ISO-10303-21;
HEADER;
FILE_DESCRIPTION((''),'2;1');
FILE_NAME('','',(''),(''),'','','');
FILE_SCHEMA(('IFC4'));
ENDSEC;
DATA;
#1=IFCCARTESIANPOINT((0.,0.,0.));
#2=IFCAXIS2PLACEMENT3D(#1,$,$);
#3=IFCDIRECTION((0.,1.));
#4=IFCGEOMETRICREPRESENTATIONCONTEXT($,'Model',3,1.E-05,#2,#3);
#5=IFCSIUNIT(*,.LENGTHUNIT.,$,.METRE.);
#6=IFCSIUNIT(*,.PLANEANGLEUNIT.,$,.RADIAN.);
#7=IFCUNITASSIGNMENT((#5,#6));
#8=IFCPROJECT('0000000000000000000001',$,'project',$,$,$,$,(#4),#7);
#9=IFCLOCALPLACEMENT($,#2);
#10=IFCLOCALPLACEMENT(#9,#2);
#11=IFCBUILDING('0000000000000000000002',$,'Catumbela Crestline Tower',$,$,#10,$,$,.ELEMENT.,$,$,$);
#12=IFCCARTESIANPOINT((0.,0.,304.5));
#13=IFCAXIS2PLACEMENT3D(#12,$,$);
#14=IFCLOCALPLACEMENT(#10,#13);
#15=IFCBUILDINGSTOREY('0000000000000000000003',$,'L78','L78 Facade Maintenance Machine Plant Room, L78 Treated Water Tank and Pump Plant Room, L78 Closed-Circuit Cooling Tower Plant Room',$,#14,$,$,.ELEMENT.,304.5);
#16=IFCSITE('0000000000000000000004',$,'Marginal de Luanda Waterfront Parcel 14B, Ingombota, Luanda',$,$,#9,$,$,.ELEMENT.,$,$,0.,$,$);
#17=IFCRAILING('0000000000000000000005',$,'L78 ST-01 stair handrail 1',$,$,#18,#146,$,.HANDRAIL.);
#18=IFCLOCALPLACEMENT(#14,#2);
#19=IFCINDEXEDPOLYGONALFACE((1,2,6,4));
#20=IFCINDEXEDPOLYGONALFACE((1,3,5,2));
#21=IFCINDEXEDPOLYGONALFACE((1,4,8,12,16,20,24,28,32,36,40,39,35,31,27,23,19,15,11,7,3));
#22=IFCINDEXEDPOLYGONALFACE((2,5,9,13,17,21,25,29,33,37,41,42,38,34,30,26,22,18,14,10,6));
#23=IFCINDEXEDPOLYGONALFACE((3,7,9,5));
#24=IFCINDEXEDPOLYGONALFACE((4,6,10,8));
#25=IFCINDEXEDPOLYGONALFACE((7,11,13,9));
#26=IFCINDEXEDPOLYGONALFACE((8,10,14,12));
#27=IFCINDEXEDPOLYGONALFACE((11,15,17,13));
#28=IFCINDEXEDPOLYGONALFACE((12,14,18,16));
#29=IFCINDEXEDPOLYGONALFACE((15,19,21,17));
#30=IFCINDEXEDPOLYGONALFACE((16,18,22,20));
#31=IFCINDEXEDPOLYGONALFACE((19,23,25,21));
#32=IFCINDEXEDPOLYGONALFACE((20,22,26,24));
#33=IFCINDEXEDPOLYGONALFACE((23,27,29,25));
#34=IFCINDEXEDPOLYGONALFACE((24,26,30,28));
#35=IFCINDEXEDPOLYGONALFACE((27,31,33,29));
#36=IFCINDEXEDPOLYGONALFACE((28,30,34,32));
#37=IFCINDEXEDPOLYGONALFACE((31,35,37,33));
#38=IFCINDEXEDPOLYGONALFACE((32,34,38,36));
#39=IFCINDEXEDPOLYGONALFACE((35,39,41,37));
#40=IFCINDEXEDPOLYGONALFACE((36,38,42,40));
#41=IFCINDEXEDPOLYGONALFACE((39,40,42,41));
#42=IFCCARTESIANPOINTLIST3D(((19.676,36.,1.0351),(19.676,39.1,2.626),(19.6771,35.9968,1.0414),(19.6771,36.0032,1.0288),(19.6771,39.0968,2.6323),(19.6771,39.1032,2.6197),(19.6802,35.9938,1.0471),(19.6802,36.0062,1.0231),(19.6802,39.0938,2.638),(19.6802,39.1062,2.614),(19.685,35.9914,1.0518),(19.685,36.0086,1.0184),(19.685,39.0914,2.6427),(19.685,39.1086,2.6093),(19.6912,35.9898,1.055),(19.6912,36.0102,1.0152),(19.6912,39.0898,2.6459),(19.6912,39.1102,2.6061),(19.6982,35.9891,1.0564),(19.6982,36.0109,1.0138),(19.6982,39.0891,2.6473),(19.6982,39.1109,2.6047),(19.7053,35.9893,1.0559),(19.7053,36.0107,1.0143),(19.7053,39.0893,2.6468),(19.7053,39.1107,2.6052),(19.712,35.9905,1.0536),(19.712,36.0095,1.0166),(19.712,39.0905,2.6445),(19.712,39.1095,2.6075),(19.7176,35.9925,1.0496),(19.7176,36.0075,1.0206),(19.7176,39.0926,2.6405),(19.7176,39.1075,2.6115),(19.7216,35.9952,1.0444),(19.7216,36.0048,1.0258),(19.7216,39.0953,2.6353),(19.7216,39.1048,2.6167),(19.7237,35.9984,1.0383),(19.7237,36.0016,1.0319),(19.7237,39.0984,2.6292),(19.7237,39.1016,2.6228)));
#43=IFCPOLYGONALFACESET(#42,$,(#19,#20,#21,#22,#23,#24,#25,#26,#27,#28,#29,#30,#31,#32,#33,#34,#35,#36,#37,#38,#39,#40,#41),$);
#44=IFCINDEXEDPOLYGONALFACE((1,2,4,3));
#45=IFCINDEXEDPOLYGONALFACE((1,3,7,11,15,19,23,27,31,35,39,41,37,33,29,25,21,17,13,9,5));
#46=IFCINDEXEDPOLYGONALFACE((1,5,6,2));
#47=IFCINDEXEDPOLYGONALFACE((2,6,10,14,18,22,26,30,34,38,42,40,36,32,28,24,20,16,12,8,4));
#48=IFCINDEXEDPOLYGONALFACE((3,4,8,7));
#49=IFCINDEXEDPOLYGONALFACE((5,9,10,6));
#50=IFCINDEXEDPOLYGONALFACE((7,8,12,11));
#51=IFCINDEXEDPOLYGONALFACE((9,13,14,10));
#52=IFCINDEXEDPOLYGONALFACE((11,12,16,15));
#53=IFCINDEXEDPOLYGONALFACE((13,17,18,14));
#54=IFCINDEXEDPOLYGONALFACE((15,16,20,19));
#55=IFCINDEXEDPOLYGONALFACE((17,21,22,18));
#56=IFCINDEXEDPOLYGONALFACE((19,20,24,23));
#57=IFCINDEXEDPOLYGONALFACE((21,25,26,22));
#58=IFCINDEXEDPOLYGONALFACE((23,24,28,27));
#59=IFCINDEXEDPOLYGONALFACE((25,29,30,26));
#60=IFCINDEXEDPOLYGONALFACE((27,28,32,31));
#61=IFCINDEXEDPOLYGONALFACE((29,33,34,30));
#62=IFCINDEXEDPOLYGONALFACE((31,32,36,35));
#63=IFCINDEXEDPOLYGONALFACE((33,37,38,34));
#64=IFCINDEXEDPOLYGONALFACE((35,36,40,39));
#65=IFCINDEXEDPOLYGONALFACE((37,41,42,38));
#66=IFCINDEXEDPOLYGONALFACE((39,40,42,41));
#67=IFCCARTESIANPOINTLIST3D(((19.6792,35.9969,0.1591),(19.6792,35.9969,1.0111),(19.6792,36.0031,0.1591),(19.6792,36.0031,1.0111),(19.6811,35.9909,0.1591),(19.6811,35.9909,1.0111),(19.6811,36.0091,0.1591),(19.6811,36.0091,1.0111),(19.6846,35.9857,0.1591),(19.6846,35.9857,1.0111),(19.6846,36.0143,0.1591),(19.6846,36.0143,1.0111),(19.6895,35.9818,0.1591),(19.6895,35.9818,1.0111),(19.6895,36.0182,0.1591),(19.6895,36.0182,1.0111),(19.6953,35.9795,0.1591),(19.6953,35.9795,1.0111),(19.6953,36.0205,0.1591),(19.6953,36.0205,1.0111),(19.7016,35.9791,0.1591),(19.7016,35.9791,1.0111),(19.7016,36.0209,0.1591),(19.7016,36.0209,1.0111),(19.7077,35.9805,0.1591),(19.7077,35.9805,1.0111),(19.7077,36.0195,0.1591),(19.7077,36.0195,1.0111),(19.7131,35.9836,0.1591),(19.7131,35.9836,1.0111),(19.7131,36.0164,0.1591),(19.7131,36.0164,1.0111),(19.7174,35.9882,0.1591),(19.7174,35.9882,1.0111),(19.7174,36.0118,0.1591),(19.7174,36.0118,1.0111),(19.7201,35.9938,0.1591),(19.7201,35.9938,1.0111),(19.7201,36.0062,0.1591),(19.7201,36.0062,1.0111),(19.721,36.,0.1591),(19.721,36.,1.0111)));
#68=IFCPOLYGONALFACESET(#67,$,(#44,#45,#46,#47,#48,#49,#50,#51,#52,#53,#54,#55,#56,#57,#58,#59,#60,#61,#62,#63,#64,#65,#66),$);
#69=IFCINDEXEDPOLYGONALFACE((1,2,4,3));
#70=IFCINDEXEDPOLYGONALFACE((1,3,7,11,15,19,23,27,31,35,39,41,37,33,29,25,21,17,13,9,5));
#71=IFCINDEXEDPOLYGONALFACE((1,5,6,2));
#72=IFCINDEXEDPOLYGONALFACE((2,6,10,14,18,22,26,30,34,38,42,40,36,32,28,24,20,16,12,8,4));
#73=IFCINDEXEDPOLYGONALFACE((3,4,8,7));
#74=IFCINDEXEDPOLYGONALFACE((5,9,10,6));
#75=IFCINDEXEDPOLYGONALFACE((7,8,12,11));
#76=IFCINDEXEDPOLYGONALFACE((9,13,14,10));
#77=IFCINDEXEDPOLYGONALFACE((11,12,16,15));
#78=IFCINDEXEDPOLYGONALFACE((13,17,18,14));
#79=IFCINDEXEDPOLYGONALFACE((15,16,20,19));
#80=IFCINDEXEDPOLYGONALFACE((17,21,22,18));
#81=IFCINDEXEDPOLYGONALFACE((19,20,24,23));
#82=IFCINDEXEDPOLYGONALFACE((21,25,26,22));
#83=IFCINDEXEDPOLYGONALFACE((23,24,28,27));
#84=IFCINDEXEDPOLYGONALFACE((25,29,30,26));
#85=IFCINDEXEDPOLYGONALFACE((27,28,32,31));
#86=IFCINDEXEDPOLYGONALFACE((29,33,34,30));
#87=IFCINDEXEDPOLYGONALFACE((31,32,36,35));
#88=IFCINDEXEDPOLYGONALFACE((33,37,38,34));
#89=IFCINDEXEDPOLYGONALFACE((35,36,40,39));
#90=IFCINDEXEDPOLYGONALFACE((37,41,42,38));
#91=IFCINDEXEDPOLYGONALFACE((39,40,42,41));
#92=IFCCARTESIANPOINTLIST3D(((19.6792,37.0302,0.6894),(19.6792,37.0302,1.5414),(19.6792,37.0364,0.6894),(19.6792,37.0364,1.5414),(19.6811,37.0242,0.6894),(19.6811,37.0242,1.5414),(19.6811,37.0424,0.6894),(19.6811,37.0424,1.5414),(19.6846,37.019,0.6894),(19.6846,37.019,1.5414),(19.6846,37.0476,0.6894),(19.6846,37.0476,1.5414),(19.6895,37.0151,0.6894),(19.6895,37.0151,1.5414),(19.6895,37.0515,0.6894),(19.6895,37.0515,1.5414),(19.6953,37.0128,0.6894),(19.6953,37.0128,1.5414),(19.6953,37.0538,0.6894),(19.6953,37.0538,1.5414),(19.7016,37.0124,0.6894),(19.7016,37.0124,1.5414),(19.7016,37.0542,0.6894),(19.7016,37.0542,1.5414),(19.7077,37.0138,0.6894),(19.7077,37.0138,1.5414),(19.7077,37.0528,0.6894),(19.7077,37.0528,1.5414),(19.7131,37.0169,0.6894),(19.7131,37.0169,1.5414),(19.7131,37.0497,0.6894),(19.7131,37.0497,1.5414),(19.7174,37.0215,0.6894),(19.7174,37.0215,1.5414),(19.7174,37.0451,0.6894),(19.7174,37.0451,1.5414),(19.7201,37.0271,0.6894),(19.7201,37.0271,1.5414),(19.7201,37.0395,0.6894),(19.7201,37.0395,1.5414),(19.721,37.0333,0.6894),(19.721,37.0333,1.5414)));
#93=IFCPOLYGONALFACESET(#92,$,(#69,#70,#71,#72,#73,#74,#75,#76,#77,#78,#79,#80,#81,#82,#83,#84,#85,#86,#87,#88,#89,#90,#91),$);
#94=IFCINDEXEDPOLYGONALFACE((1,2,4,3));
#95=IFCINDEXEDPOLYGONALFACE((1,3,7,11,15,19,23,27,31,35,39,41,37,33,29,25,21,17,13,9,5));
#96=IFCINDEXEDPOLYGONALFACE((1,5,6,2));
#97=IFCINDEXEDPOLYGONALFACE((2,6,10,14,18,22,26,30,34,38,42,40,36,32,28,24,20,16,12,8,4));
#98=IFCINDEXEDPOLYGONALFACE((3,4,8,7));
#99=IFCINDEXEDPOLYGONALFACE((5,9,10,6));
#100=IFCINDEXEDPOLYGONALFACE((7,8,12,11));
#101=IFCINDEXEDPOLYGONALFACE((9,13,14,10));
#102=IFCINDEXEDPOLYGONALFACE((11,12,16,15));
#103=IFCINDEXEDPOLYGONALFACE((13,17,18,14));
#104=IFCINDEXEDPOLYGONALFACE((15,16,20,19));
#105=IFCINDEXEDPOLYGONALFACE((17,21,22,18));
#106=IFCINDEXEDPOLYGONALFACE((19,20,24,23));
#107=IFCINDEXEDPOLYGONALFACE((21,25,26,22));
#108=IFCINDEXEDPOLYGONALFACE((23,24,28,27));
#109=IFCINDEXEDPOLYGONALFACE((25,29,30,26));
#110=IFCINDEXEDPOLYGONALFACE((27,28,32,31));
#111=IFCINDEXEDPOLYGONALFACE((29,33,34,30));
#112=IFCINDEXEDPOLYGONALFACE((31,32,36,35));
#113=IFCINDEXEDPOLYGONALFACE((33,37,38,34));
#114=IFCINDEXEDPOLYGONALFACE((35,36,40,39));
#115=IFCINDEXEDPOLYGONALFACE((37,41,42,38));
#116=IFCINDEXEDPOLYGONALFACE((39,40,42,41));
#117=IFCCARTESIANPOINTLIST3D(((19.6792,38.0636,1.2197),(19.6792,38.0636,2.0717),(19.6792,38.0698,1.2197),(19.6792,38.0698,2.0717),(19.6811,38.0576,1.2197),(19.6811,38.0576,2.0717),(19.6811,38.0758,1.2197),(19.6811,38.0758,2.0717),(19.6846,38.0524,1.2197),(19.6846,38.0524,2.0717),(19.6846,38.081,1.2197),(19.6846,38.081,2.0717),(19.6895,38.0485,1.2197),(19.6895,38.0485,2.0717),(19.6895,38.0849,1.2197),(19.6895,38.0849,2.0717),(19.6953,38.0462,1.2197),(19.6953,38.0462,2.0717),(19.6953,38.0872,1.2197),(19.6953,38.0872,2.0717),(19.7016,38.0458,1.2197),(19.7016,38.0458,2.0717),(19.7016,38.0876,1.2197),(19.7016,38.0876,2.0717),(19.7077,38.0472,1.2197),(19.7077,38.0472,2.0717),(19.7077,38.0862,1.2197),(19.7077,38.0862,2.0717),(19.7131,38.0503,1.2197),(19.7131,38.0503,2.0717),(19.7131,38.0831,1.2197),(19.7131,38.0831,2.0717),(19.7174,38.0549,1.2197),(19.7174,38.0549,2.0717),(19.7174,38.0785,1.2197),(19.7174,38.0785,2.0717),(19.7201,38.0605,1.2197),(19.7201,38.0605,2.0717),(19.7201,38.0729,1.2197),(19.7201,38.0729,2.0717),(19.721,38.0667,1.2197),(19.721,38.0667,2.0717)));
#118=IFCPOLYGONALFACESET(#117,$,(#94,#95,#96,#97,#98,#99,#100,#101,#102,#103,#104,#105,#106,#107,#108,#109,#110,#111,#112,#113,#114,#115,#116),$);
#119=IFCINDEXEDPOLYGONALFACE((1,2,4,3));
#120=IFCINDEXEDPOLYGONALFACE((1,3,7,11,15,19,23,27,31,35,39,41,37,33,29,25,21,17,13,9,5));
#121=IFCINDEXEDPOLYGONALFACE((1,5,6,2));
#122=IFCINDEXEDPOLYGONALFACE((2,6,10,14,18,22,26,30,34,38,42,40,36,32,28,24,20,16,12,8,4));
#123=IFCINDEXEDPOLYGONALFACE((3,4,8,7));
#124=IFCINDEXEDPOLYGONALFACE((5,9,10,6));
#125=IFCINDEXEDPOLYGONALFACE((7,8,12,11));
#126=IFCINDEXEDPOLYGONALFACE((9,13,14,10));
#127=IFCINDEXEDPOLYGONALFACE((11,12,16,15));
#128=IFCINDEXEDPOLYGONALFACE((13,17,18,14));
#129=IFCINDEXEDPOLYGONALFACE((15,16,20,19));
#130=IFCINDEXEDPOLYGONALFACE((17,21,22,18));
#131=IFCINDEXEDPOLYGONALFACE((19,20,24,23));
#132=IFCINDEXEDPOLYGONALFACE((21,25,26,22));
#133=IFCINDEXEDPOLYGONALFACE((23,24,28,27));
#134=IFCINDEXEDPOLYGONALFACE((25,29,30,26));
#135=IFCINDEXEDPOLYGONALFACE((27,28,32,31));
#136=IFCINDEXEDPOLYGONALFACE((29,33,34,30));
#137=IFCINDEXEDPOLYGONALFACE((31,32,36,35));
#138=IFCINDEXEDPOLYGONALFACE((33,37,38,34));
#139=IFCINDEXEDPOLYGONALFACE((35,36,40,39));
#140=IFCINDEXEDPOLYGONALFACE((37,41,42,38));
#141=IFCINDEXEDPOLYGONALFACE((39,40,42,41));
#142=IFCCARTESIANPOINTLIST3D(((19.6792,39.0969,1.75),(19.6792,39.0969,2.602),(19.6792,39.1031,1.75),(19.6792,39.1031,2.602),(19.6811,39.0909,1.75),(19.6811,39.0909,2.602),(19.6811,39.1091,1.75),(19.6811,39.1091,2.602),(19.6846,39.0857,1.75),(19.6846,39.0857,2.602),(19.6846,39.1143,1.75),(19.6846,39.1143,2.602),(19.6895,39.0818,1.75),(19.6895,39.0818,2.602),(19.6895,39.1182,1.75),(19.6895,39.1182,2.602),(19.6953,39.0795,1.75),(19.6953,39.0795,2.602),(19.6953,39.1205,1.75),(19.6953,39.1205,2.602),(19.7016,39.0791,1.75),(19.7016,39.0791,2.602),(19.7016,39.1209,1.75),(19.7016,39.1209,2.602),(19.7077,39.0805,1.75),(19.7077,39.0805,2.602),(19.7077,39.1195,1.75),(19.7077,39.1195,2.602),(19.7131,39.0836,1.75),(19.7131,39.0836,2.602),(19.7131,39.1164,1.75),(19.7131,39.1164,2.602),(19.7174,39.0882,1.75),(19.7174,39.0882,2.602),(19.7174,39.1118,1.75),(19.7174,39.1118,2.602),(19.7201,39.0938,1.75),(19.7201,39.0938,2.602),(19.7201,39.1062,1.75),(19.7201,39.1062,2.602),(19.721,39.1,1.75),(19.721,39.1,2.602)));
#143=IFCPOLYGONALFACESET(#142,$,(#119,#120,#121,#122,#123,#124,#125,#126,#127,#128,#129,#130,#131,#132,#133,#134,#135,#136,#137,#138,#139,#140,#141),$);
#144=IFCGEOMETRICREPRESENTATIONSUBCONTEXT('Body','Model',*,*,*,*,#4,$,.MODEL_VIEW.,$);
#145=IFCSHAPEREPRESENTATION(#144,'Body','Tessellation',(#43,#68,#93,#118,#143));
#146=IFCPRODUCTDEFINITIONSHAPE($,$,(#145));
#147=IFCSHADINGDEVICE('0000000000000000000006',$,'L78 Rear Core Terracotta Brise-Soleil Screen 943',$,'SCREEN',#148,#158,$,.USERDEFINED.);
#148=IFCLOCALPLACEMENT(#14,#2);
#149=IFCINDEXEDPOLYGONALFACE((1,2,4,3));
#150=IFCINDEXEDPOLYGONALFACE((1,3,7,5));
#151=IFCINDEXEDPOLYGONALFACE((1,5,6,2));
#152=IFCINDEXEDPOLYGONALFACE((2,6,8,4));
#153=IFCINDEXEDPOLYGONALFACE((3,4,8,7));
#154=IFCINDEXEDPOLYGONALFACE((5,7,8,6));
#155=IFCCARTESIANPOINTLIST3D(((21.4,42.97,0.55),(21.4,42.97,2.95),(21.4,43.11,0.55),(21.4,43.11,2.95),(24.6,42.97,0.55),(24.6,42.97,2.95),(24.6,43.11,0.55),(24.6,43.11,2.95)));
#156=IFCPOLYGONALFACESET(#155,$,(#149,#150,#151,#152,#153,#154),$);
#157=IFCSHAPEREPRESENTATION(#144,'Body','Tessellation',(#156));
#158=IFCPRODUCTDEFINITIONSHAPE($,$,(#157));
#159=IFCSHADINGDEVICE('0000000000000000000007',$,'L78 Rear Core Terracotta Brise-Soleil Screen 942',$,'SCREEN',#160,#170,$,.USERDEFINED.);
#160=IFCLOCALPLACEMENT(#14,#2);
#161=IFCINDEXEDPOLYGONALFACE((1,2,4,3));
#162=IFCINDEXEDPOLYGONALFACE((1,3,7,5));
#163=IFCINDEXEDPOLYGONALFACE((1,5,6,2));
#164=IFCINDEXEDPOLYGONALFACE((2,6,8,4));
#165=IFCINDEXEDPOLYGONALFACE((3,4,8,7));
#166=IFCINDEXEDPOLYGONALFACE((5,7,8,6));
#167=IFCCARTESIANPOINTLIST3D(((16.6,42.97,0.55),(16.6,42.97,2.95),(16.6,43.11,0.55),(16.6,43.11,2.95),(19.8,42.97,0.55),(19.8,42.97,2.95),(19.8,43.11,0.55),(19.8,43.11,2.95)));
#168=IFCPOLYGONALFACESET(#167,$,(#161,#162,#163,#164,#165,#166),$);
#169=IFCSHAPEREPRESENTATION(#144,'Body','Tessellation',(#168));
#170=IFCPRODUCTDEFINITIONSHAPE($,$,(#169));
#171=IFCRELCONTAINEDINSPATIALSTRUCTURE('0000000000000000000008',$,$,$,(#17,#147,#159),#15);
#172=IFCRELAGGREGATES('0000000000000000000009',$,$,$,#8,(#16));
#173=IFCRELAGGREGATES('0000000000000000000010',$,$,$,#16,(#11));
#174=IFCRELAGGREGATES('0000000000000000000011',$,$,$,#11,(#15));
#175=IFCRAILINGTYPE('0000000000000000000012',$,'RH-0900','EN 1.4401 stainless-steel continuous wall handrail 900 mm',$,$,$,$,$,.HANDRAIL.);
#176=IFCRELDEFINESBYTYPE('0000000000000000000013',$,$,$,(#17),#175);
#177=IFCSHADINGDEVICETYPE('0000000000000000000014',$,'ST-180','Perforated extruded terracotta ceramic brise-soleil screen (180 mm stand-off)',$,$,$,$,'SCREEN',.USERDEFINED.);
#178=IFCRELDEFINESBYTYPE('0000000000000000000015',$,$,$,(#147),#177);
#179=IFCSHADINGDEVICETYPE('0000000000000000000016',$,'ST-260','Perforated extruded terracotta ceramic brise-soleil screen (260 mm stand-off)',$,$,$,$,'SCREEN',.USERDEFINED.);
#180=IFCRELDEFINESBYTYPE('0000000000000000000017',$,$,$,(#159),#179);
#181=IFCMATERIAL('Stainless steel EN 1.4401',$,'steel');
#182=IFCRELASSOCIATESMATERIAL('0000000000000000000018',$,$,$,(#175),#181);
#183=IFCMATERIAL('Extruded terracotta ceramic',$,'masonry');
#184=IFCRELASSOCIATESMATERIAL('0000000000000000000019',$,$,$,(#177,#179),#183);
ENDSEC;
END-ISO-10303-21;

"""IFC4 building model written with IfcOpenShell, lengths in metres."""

from ifc_helpers import new_model, si_unit, direction, frame, origin, origin_2d, place, context, subcontext, project, spatial, rectangle, circle, extrude, material, type_object, element, save


model = new_model("IFC4")

# Units and contexts
model_context = context("Model", 3, precision=1e-05, world=origin(), true_north=direction((0.0, 1.0)))
body_context = subcontext(model_context, "Body", "Model", "MODEL_VIEW")
ifc_project = project(units=[si_unit("LENGTHUNIT", "METRE"), si_unit("PLANEANGLEUNIT", "RADIAN")], contexts=[model_context])

# Site, building, storey
site_placement = place(None, origin())
site = spatial("IfcSite", under=ifc_project, at=site_placement, Name="Marginal de Luanda Waterfront Parcel 14B, Ingombota, Luanda", CompositionType="ELEMENT", RefElevation=0.0)
building_placement = place(site_placement, origin())
building = spatial("IfcBuilding", under=site, at=building_placement, Name="Catumbela Crestline Tower", CompositionType="ELEMENT")
storey_placement = place(building_placement, frame((0.0, 0.0, 304.5)))
storey = spatial("IfcBuildingStorey", under=building, at=storey_placement, Name="L78", Description="L78 Facade Maintenance Machine Plant Room, L78 Treated Water Tank and Pump Plant Room, L78 Closed-Circuit Cooling Tower Plant Room", CompositionType="ELEMENT", Elevation=304.5)

# Shared definitions
ifc_material_1 = material(Name="Stainless steel EN 1.4401", Category="steel")

# Railing
railing_type_1 = type_object("IfcRailingType", Name="RH-0900", Description="EN 1.4401 stainless-steel continuous wall handrail 900 mm", PredefinedType="HANDRAIL", material=ifc_material_1)
railing_1_placement = place(storey_placement, frame((19.7, 36.0, 0.1591)))
element("IfcRailing", 1, at=railing_1_placement, inside=storey, type_object=railing_type_1, Name="L78 ST-01 stair handrail 1", PredefinedType="HANDRAIL", context=body_context, shape_type="SweptSolid", body=[
    extrude(circle(Radius=0.024, at=origin_2d()), frame((0.0, 0.0, 0.876), z_axis=(0.0, 0.889683, 0.456579), x_axis=(-1.0, 0.0, 0.0)), (0.0, 0.0, 1.0), 3.4844),
    extrude(circle(Radius=0.021, at=origin_2d()), origin(), (0.0, 0.0, 1.0), 0.852),
    extrude(circle(Radius=0.021, at=origin_2d()), frame((0.0, 1.0333, 0.5303)), (0.0, 0.0, 1.0), 0.852),
    extrude(circle(Radius=0.021, at=origin_2d()), frame((0.0, 2.0667, 1.0606)), (0.0, 0.0, 1.0), 0.852),
    extrude(circle(Radius=0.021, at=origin_2d()), frame((0.0, 3.1, 1.5909)), (0.0, 0.0, 1.0), 0.852),
])

# Shading devices
ifc_material_2 = material(Name="Extruded terracotta ceramic", Category="masonry")
shading_device_type_1 = type_object("IfcShadingDeviceType", Name="ST-180", Description="Perforated extruded terracotta ceramic brise-soleil screen (180 mm stand-off)", ElementType="SCREEN", PredefinedType="USERDEFINED", material=ifc_material_2)
shading_device_1_placement = place(storey_placement, frame((23.0, 43.04, 0.55), z_axis=(0.0, 0.0, 1.0), x_axis=(1.0, 0.0, 0.0)))
element("IfcShadingDevice", 2, at=shading_device_1_placement, inside=storey, type_object=shading_device_type_1, Name="L78 Rear Core Terracotta Brise-Soleil Screen 943", ObjectType="SCREEN", PredefinedType="USERDEFINED", context=body_context, shape_type="SweptSolid", body=[
    extrude(rectangle(XDim=3.2, YDim=0.14, at=origin_2d()), origin(), (0.0, 0.0, 1.0), 2.4),
])
shading_device_type_2 = type_object("IfcShadingDeviceType", Name="ST-260", Description="Perforated extruded terracotta ceramic brise-soleil screen (260 mm stand-off)", ElementType="SCREEN", PredefinedType="USERDEFINED", material=ifc_material_2)
shading_device_2_placement = place(storey_placement, frame((18.2, 43.04, 0.55), z_axis=(0.0, 0.0, 1.0), x_axis=(1.0, 0.0, 0.0)))
element("IfcShadingDevice", 3, at=shading_device_2_placement, inside=storey, type_object=shading_device_type_2, Name="L78 Rear Core Terracotta Brise-Soleil Screen 942", ObjectType="SCREEN", PredefinedType="USERDEFINED", context=body_context, shape_type="SweptSolid", body=[
    extrude(rectangle(XDim=3.2, YDim=0.14, at=origin_2d()), origin(), (0.0, 0.0, 1.0), 2.4),
])

save(model, "model.ifc")
